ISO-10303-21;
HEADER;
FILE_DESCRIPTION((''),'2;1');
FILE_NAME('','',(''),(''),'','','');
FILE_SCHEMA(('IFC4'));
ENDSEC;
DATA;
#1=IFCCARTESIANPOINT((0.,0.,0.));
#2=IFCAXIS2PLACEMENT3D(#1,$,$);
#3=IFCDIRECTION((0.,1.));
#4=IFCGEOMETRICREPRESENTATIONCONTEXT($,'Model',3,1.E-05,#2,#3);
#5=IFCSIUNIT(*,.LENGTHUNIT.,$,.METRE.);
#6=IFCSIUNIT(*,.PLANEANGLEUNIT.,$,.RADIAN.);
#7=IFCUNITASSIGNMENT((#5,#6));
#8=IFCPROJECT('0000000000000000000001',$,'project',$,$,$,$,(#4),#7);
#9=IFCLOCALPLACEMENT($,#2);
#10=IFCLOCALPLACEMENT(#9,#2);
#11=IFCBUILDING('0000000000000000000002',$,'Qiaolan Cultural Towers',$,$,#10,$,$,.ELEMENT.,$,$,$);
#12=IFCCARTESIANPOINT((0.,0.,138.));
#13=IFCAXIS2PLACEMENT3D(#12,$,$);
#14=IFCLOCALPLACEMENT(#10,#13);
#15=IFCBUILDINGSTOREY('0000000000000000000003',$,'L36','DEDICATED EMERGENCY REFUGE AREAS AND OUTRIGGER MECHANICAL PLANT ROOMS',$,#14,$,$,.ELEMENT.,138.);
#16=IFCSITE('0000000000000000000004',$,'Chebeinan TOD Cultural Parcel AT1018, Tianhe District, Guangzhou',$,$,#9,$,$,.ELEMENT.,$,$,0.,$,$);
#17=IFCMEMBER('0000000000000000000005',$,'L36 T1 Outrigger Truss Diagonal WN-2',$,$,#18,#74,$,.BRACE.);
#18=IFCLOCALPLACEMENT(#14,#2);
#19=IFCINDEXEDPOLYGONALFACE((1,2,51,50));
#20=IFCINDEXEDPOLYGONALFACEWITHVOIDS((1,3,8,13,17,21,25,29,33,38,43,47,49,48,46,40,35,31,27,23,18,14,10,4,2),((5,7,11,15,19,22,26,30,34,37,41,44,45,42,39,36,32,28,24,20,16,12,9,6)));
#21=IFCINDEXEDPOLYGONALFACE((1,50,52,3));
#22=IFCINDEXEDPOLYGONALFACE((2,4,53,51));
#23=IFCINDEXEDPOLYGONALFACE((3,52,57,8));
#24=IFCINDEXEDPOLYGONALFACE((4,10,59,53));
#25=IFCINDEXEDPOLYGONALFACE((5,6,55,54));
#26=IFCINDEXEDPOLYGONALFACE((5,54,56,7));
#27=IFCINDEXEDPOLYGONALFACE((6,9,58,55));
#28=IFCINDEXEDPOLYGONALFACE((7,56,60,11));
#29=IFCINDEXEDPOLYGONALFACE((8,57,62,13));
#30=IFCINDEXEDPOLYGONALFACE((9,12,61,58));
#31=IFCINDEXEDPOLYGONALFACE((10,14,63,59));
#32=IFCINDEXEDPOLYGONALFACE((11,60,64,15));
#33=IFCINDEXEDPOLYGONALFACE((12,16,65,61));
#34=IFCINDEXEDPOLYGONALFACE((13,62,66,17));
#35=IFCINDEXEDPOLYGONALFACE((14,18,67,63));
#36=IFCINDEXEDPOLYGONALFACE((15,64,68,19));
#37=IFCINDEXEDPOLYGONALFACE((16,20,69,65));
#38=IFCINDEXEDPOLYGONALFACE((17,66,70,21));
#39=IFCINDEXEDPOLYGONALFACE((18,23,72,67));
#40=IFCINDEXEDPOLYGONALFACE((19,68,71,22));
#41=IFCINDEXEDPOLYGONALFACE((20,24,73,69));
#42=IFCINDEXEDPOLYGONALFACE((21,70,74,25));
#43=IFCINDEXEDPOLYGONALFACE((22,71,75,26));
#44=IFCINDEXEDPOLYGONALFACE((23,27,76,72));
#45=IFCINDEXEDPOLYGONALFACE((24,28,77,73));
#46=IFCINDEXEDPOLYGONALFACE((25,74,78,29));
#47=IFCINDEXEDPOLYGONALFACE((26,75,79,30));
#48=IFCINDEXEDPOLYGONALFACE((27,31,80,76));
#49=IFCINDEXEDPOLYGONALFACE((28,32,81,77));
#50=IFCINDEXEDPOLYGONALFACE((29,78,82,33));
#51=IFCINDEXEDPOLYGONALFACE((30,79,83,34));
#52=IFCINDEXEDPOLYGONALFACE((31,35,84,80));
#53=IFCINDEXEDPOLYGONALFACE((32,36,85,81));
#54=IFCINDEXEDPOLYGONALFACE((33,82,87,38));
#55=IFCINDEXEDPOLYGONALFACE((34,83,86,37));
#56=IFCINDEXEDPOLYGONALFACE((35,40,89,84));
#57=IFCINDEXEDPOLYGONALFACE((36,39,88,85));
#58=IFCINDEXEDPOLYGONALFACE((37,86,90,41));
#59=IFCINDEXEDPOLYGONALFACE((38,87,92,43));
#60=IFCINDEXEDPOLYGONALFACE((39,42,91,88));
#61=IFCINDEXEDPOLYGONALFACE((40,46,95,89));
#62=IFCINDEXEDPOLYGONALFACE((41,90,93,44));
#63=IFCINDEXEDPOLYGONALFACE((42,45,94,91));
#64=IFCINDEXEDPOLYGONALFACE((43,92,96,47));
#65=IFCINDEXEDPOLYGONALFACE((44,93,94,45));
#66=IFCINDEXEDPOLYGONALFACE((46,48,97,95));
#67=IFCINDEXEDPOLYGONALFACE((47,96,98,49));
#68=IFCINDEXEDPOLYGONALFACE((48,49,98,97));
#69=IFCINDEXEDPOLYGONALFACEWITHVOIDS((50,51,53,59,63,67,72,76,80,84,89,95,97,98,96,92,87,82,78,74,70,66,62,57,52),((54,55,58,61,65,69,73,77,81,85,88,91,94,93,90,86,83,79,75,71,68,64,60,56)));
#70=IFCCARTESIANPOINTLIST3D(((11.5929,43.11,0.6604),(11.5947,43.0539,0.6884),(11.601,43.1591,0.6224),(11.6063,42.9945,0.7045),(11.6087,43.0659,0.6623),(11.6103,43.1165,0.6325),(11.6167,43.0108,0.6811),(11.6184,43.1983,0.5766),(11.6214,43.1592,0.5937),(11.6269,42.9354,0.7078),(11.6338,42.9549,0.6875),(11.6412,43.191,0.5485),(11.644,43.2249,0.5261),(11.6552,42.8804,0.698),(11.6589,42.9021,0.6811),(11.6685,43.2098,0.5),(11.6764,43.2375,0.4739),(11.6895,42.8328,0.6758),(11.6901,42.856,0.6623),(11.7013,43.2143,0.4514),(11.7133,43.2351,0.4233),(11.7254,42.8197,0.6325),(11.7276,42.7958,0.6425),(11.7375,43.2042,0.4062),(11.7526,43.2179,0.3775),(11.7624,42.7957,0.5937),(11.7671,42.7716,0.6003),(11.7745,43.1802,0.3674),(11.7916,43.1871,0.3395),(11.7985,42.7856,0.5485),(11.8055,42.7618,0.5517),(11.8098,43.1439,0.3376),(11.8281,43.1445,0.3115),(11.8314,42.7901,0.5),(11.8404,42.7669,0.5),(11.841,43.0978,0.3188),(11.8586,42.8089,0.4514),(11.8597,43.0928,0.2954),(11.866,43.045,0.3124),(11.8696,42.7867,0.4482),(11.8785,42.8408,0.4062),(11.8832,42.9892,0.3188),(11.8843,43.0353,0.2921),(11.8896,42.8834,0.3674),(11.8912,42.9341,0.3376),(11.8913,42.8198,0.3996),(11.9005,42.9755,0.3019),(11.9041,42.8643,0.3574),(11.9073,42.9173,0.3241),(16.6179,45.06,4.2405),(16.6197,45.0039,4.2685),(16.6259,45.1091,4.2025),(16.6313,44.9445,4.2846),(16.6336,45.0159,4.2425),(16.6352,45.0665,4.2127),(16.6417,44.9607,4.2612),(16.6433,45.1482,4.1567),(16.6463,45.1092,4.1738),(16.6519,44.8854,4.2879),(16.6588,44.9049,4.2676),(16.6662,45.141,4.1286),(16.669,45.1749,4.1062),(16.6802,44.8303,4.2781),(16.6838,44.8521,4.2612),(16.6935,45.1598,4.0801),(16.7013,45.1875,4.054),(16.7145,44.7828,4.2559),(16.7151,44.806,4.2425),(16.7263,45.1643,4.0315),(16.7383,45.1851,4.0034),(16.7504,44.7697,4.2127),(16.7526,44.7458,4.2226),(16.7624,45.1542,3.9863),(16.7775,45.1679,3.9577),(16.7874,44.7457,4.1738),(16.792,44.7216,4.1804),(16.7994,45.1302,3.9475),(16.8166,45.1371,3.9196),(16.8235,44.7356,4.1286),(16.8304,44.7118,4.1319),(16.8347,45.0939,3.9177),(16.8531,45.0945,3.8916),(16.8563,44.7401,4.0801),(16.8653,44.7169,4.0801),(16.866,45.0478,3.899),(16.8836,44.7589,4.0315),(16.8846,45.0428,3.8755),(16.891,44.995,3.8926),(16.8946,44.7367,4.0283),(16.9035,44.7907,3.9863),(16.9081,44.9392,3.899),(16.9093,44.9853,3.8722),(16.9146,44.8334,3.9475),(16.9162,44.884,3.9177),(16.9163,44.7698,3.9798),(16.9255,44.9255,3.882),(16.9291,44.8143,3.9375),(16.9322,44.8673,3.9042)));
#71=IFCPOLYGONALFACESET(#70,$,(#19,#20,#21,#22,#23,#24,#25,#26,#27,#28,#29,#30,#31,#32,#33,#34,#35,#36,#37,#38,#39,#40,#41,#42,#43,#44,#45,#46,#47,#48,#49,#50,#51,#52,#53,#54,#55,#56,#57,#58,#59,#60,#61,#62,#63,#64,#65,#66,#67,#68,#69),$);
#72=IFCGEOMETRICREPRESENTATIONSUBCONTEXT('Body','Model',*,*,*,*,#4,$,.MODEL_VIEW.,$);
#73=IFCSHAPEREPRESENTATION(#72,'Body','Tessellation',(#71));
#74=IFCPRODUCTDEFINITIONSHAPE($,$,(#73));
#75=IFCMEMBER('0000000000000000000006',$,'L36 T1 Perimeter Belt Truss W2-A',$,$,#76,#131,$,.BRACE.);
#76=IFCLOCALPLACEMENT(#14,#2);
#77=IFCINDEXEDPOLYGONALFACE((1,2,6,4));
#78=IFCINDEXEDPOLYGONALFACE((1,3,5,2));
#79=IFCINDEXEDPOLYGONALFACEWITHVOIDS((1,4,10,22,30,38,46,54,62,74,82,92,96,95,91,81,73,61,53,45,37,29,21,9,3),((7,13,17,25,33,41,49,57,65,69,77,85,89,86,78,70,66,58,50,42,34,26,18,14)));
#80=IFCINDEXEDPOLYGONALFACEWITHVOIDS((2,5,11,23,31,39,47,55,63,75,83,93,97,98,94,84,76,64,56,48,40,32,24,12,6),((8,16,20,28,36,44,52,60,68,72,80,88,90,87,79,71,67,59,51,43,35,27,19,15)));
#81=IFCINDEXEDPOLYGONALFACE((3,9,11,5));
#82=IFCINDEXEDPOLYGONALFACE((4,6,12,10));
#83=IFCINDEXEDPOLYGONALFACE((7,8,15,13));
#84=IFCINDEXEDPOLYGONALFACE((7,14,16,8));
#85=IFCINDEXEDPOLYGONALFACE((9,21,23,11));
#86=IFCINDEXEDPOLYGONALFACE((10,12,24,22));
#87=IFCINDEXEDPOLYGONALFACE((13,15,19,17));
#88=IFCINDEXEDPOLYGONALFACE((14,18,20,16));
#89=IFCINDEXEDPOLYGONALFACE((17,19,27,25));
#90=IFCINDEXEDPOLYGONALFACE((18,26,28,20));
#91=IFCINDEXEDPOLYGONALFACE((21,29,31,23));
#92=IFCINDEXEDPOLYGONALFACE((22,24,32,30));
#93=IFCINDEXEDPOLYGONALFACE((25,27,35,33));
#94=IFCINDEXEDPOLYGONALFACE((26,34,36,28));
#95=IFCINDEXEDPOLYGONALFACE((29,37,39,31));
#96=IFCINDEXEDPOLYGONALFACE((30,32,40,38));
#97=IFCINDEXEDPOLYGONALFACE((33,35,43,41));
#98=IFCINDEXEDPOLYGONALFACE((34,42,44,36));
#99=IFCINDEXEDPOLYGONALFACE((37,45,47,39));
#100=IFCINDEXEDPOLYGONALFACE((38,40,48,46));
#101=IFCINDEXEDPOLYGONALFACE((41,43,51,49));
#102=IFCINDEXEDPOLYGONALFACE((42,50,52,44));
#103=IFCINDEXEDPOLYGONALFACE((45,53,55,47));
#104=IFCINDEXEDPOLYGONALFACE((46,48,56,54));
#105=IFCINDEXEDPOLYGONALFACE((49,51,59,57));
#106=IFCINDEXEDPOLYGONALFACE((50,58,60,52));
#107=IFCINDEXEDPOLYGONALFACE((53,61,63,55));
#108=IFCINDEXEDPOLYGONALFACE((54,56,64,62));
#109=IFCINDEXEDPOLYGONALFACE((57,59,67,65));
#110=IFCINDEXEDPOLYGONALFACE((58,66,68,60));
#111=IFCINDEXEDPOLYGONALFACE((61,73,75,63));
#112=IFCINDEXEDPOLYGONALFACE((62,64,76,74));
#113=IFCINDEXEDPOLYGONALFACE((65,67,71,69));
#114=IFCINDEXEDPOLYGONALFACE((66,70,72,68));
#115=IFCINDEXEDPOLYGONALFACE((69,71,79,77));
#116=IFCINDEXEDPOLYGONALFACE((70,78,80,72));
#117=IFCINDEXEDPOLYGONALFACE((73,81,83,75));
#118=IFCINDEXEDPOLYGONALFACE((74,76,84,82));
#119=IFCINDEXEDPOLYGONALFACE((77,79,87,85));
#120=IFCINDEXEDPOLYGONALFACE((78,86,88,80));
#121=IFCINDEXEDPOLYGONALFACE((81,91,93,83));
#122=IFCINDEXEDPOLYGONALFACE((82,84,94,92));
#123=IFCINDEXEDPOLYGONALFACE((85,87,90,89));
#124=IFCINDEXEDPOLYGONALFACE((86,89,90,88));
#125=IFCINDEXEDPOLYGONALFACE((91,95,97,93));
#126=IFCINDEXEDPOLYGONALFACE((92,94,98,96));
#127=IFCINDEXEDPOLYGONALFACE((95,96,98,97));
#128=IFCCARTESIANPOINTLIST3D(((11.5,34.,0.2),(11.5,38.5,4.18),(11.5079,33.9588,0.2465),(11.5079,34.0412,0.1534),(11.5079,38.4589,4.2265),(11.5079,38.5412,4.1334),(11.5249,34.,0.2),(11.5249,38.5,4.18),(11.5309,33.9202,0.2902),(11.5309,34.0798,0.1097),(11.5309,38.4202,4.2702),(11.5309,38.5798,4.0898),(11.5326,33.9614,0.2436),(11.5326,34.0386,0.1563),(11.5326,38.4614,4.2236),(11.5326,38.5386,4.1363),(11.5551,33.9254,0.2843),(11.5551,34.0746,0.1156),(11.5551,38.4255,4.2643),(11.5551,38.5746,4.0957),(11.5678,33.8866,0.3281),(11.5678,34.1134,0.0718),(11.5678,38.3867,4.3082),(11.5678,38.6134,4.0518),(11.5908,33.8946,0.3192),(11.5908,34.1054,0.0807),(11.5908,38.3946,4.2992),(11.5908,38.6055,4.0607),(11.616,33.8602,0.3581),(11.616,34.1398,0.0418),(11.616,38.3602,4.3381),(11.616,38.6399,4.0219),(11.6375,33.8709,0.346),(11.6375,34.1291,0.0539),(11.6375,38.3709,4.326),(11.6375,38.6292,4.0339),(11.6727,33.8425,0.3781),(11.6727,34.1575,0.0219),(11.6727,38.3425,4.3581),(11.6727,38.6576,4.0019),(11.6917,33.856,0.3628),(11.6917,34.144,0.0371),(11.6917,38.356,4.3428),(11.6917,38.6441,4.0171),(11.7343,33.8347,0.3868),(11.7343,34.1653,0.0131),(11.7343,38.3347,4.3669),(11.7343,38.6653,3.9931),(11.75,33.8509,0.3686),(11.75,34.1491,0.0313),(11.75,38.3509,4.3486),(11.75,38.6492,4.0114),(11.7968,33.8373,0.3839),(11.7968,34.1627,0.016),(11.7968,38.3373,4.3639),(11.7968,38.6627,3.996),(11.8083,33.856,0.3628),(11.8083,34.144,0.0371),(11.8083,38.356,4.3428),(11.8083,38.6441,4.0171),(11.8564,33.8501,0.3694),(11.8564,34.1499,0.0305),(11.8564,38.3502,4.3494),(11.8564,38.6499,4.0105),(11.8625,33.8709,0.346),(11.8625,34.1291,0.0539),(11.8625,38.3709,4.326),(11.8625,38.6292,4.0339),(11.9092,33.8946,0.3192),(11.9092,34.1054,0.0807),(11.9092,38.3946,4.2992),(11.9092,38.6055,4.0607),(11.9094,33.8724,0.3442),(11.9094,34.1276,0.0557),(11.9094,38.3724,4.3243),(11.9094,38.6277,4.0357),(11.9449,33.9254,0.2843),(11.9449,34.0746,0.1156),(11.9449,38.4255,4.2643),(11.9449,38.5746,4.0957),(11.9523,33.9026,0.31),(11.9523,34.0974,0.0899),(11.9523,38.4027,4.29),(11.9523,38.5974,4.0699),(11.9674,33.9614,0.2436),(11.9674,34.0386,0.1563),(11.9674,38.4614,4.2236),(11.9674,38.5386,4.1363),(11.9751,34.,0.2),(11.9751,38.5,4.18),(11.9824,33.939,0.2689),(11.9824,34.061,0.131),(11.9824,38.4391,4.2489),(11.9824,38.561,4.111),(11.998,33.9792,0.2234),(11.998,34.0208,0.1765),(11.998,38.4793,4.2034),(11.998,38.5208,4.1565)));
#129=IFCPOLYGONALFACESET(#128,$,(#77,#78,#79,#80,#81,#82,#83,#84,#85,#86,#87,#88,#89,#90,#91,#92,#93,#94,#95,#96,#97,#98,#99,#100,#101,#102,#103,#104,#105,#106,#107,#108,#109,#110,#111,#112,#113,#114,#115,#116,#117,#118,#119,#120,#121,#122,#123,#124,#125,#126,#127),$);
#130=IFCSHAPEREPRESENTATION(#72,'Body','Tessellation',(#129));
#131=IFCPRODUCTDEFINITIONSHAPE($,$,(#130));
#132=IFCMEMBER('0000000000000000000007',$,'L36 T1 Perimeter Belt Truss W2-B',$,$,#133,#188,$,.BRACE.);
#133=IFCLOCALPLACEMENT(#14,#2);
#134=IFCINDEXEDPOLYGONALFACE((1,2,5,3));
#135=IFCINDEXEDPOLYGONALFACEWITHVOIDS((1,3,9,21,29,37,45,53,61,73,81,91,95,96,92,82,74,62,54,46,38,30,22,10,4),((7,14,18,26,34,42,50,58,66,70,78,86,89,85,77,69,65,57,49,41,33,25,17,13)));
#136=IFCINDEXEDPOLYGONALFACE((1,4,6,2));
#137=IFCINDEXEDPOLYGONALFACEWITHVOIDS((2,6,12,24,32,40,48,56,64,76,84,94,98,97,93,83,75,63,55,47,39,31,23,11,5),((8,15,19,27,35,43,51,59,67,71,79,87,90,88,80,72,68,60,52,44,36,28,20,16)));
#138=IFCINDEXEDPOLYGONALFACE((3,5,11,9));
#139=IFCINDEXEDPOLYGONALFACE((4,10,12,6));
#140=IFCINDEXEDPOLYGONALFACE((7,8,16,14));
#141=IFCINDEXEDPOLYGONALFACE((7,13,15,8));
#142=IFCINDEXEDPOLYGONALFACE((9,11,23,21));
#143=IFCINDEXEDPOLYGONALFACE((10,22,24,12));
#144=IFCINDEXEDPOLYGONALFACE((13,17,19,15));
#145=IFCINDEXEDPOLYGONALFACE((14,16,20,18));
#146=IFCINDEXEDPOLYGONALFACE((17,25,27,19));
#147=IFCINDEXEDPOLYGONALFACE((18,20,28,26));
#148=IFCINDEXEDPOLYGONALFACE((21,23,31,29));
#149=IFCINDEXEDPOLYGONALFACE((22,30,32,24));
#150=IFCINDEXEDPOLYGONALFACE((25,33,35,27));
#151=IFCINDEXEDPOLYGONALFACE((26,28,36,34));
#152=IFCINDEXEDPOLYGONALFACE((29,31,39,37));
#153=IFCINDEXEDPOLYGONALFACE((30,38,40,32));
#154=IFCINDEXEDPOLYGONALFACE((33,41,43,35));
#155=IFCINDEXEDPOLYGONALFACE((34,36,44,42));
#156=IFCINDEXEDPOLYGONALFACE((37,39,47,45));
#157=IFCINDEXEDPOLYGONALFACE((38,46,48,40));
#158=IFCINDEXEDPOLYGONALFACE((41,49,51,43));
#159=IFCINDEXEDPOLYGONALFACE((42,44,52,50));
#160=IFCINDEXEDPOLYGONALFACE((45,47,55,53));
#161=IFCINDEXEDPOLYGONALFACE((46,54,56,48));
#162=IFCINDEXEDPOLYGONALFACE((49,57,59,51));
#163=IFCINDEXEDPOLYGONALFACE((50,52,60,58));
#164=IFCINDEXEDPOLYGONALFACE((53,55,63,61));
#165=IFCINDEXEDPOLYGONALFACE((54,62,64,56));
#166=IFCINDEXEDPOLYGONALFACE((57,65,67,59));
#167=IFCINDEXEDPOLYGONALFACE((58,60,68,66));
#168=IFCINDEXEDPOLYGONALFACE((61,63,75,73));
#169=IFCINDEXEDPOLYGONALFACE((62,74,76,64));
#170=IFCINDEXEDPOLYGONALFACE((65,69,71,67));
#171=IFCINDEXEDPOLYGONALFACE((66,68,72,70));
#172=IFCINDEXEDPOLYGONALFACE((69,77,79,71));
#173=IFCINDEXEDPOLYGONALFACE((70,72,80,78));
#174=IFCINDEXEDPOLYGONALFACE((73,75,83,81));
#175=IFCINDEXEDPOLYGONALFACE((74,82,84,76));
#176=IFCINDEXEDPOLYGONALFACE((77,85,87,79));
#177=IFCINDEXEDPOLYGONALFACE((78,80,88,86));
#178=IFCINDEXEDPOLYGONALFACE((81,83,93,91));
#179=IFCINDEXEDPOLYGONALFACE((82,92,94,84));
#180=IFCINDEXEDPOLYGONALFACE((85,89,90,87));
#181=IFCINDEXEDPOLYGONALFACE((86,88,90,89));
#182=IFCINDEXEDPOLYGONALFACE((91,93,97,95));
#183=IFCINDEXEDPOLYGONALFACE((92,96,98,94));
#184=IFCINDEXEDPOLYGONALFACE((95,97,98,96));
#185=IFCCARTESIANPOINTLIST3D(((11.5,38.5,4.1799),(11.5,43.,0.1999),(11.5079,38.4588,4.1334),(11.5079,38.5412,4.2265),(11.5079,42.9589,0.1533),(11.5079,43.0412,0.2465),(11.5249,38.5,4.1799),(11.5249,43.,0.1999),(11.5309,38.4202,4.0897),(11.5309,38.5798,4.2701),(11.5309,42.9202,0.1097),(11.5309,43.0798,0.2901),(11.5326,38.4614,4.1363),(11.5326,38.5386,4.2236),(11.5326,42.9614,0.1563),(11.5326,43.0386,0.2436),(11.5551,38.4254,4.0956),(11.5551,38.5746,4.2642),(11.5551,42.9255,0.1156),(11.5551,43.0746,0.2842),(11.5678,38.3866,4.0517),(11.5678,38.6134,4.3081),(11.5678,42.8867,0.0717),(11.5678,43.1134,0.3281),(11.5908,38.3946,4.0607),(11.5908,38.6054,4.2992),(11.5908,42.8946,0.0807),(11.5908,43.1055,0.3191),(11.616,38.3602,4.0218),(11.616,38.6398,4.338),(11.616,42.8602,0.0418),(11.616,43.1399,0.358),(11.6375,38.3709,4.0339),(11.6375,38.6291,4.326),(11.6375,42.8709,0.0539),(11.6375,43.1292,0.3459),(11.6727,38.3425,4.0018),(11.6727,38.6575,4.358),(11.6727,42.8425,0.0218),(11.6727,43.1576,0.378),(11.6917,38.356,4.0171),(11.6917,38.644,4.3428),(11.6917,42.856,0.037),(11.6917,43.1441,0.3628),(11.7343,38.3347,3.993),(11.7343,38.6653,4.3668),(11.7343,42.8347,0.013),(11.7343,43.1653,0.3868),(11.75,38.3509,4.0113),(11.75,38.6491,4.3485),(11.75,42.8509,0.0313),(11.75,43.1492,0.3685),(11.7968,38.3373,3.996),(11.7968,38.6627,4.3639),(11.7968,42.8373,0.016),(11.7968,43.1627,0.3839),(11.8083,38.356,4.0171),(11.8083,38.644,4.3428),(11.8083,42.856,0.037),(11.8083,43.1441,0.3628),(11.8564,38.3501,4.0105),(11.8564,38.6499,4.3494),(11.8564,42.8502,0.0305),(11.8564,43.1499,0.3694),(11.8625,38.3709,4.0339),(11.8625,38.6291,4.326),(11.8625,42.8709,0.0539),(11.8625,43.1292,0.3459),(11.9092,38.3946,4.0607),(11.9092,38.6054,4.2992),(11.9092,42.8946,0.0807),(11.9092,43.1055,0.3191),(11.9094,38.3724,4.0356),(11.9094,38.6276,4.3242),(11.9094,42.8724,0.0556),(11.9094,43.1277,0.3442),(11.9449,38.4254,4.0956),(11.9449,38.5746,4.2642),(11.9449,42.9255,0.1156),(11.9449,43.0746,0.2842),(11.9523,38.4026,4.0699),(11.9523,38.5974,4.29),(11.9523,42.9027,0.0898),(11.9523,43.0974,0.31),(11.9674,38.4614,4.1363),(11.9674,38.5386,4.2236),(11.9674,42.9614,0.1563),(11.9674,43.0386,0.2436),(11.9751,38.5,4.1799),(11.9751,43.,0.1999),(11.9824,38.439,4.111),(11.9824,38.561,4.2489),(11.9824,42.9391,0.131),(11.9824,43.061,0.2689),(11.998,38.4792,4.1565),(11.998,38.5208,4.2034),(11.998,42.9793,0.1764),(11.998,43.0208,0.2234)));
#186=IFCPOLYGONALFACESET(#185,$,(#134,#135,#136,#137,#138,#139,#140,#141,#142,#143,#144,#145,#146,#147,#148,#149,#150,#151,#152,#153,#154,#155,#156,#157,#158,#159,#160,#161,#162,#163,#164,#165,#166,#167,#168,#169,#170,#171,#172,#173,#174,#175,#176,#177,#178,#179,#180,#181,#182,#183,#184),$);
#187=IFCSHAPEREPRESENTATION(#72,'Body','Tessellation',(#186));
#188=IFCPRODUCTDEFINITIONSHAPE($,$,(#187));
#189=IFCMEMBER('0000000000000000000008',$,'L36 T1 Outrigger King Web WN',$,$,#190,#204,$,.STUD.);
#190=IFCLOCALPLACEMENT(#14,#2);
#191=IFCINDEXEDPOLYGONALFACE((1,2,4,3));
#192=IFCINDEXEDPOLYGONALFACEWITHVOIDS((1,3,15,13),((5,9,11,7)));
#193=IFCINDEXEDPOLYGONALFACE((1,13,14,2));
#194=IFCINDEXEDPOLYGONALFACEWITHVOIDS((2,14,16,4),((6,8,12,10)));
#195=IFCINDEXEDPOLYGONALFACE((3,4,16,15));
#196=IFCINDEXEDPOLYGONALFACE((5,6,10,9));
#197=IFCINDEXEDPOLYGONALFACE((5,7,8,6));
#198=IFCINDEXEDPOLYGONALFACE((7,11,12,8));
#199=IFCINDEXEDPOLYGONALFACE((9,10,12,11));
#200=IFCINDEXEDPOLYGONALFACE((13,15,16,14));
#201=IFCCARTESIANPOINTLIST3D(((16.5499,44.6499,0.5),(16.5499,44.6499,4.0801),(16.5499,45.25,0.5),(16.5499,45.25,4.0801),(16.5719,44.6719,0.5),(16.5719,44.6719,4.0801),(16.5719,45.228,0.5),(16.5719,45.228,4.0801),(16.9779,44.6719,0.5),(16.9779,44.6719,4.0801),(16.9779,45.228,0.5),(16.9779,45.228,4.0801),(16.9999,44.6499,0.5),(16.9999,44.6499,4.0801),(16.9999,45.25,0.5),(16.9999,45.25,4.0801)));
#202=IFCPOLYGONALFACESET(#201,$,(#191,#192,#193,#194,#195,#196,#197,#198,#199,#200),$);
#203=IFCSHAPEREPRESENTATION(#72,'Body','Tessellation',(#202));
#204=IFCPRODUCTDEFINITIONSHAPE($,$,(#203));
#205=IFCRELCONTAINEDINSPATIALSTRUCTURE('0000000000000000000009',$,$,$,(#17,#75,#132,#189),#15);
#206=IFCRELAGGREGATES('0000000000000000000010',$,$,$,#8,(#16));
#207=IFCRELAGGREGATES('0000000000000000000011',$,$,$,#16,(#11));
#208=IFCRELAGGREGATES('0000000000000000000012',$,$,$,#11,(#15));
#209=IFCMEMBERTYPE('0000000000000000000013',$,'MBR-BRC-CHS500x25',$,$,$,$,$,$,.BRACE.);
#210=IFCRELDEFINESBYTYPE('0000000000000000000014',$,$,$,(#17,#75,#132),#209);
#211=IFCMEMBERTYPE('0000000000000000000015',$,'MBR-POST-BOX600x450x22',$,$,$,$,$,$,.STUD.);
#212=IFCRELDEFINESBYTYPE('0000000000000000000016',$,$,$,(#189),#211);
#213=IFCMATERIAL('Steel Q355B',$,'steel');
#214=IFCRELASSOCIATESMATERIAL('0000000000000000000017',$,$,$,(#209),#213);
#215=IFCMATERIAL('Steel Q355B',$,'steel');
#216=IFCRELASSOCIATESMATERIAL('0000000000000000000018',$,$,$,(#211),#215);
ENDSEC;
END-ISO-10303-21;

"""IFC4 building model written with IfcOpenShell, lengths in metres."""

from ifc_helpers import new_model, si_unit, direction, frame, origin, origin_2d, place, context, subcontext, project, spatial, hollow_rectangle, hollow_circle, extrude, material, material_profile, profile_set, type_object, element, save


model = new_model("IFC4")

# Units and contexts
model_context = context("Model", 3, precision=1e-05, world=origin(), true_north=direction((0.0, 1.0)))
body_context = subcontext(model_context, "Body", "Model", "MODEL_VIEW")
ifc_project = project(units=[si_unit("LENGTHUNIT", "METRE"), si_unit("PLANEANGLEUNIT", "RADIAN")], contexts=[model_context])

# Site, building, storey
site_placement = place(None, origin())
site = spatial("IfcSite", under=ifc_project, at=site_placement, Name="Chebeinan TOD Cultural Parcel AT1018, Tianhe District, Guangzhou", CompositionType="ELEMENT", RefElevation=0.0)
building_placement = place(site_placement, origin())
building = spatial("IfcBuilding", under=site, at=building_placement, Name="Qiaolan Cultural Towers", CompositionType="ELEMENT")
storey_placement = place(building_placement, frame((0.0, 0.0, 138.0)))
storey = spatial("IfcBuildingStorey", under=building, at=storey_placement, Name="L36", Description="DEDICATED EMERGENCY REFUGE AREAS AND OUTRIGGER MECHANICAL PLANT ROOMS", CompositionType="ELEMENT", Elevation=138.0)

# Members
ifc_material_1 = material(Name="Steel Q355B", Category="steel")
ifc_material_profile_1 = material_profile(ifc_material_1, hollow_circle(Radius=0.25, WallThickness=0.0249, at=origin_2d()), Name="CHS500x25")
ifc_profile_set_1 = profile_set([ifc_material_profile_1], Name="Steel Q355B")
member_type_1 = type_object("IfcMemberType", Name="MBR-BRC-CHS500x25", PredefinedType="BRACE", material=ifc_profile_set_1)
member_1_placement = place(storey_placement, frame((16.7749, 44.95, 4.0801), z_axis=(-0.776572, -0.301355, -0.553282), x_axis=(0.361773, -0.932266, 0.0)))
element("IfcMember", 1, at=member_1_placement, inside=storey, type_object=member_type_1, Name="L36 T1 Outrigger Truss Diagonal WN-2", PredefinedType="BRACE", context=body_context, shape_type="SweptSolid", body=[
    extrude(hollow_circle(Radius=0.25, WallThickness=0.0249, at=origin_2d()), origin(), (0.0, 0.0, 1.0), 6.4707),
])
for number, where, z_axis, x_axis, name in (
    (2, (11.75, 34.0, 0.2), (0.0, 0.749062, 0.6625), (-1.0, 0.0, 0.0), "L36 T1 Perimeter Belt Truss W2-A"),
    (3, (11.75, 38.5, 4.1799), (0.0, 0.749062, -0.6625), (-1.0, 0.0, 0.0), "L36 T1 Perimeter Belt Truss W2-B"),
):
    element("IfcMember", number, at=place(storey_placement, frame(where, z_axis=z_axis, x_axis=x_axis)), inside=storey, type_object=member_type_1, Name=name, PredefinedType="BRACE", context=body_context, shape_type="SweptSolid", body=[
        extrude(hollow_circle(Radius=0.25, WallThickness=0.0249, at=origin_2d()), origin(), (0.0, 0.0, 1.0), 6.0076),
    ])
ifc_material_2 = material(Name="Steel Q355B", Category="steel")
ifc_material_profile_2 = material_profile(ifc_material_2, hollow_rectangle(XDim=0.45, YDim=0.6001, WallThickness=0.022, at=origin_2d()), Name="BOX600x450x22")
ifc_profile_set_2 = profile_set([ifc_material_profile_2], Name="Steel Q355B")
member_type_2 = type_object("IfcMemberType", Name="MBR-POST-BOX600x450x22", PredefinedType="STUD", material=ifc_profile_set_2)
member_2_placement = place(storey_placement, frame((16.7749, 44.95, 0.5), z_axis=(0.0, 0.0, 1.0), x_axis=(1.0, 0.0, 0.0)))
element("IfcMember", 4, at=member_2_placement, inside=storey, type_object=member_type_2, Name="L36 T1 Outrigger King Web WN", PredefinedType="STUD", context=body_context, shape_type="SweptSolid", body=[
    extrude(hollow_rectangle(XDim=0.45, YDim=0.6001, WallThickness=0.022, at=origin_2d()), origin(), (0.0, 0.0, 1.0), 3.5801),
])

save(model, "model.ifc")
